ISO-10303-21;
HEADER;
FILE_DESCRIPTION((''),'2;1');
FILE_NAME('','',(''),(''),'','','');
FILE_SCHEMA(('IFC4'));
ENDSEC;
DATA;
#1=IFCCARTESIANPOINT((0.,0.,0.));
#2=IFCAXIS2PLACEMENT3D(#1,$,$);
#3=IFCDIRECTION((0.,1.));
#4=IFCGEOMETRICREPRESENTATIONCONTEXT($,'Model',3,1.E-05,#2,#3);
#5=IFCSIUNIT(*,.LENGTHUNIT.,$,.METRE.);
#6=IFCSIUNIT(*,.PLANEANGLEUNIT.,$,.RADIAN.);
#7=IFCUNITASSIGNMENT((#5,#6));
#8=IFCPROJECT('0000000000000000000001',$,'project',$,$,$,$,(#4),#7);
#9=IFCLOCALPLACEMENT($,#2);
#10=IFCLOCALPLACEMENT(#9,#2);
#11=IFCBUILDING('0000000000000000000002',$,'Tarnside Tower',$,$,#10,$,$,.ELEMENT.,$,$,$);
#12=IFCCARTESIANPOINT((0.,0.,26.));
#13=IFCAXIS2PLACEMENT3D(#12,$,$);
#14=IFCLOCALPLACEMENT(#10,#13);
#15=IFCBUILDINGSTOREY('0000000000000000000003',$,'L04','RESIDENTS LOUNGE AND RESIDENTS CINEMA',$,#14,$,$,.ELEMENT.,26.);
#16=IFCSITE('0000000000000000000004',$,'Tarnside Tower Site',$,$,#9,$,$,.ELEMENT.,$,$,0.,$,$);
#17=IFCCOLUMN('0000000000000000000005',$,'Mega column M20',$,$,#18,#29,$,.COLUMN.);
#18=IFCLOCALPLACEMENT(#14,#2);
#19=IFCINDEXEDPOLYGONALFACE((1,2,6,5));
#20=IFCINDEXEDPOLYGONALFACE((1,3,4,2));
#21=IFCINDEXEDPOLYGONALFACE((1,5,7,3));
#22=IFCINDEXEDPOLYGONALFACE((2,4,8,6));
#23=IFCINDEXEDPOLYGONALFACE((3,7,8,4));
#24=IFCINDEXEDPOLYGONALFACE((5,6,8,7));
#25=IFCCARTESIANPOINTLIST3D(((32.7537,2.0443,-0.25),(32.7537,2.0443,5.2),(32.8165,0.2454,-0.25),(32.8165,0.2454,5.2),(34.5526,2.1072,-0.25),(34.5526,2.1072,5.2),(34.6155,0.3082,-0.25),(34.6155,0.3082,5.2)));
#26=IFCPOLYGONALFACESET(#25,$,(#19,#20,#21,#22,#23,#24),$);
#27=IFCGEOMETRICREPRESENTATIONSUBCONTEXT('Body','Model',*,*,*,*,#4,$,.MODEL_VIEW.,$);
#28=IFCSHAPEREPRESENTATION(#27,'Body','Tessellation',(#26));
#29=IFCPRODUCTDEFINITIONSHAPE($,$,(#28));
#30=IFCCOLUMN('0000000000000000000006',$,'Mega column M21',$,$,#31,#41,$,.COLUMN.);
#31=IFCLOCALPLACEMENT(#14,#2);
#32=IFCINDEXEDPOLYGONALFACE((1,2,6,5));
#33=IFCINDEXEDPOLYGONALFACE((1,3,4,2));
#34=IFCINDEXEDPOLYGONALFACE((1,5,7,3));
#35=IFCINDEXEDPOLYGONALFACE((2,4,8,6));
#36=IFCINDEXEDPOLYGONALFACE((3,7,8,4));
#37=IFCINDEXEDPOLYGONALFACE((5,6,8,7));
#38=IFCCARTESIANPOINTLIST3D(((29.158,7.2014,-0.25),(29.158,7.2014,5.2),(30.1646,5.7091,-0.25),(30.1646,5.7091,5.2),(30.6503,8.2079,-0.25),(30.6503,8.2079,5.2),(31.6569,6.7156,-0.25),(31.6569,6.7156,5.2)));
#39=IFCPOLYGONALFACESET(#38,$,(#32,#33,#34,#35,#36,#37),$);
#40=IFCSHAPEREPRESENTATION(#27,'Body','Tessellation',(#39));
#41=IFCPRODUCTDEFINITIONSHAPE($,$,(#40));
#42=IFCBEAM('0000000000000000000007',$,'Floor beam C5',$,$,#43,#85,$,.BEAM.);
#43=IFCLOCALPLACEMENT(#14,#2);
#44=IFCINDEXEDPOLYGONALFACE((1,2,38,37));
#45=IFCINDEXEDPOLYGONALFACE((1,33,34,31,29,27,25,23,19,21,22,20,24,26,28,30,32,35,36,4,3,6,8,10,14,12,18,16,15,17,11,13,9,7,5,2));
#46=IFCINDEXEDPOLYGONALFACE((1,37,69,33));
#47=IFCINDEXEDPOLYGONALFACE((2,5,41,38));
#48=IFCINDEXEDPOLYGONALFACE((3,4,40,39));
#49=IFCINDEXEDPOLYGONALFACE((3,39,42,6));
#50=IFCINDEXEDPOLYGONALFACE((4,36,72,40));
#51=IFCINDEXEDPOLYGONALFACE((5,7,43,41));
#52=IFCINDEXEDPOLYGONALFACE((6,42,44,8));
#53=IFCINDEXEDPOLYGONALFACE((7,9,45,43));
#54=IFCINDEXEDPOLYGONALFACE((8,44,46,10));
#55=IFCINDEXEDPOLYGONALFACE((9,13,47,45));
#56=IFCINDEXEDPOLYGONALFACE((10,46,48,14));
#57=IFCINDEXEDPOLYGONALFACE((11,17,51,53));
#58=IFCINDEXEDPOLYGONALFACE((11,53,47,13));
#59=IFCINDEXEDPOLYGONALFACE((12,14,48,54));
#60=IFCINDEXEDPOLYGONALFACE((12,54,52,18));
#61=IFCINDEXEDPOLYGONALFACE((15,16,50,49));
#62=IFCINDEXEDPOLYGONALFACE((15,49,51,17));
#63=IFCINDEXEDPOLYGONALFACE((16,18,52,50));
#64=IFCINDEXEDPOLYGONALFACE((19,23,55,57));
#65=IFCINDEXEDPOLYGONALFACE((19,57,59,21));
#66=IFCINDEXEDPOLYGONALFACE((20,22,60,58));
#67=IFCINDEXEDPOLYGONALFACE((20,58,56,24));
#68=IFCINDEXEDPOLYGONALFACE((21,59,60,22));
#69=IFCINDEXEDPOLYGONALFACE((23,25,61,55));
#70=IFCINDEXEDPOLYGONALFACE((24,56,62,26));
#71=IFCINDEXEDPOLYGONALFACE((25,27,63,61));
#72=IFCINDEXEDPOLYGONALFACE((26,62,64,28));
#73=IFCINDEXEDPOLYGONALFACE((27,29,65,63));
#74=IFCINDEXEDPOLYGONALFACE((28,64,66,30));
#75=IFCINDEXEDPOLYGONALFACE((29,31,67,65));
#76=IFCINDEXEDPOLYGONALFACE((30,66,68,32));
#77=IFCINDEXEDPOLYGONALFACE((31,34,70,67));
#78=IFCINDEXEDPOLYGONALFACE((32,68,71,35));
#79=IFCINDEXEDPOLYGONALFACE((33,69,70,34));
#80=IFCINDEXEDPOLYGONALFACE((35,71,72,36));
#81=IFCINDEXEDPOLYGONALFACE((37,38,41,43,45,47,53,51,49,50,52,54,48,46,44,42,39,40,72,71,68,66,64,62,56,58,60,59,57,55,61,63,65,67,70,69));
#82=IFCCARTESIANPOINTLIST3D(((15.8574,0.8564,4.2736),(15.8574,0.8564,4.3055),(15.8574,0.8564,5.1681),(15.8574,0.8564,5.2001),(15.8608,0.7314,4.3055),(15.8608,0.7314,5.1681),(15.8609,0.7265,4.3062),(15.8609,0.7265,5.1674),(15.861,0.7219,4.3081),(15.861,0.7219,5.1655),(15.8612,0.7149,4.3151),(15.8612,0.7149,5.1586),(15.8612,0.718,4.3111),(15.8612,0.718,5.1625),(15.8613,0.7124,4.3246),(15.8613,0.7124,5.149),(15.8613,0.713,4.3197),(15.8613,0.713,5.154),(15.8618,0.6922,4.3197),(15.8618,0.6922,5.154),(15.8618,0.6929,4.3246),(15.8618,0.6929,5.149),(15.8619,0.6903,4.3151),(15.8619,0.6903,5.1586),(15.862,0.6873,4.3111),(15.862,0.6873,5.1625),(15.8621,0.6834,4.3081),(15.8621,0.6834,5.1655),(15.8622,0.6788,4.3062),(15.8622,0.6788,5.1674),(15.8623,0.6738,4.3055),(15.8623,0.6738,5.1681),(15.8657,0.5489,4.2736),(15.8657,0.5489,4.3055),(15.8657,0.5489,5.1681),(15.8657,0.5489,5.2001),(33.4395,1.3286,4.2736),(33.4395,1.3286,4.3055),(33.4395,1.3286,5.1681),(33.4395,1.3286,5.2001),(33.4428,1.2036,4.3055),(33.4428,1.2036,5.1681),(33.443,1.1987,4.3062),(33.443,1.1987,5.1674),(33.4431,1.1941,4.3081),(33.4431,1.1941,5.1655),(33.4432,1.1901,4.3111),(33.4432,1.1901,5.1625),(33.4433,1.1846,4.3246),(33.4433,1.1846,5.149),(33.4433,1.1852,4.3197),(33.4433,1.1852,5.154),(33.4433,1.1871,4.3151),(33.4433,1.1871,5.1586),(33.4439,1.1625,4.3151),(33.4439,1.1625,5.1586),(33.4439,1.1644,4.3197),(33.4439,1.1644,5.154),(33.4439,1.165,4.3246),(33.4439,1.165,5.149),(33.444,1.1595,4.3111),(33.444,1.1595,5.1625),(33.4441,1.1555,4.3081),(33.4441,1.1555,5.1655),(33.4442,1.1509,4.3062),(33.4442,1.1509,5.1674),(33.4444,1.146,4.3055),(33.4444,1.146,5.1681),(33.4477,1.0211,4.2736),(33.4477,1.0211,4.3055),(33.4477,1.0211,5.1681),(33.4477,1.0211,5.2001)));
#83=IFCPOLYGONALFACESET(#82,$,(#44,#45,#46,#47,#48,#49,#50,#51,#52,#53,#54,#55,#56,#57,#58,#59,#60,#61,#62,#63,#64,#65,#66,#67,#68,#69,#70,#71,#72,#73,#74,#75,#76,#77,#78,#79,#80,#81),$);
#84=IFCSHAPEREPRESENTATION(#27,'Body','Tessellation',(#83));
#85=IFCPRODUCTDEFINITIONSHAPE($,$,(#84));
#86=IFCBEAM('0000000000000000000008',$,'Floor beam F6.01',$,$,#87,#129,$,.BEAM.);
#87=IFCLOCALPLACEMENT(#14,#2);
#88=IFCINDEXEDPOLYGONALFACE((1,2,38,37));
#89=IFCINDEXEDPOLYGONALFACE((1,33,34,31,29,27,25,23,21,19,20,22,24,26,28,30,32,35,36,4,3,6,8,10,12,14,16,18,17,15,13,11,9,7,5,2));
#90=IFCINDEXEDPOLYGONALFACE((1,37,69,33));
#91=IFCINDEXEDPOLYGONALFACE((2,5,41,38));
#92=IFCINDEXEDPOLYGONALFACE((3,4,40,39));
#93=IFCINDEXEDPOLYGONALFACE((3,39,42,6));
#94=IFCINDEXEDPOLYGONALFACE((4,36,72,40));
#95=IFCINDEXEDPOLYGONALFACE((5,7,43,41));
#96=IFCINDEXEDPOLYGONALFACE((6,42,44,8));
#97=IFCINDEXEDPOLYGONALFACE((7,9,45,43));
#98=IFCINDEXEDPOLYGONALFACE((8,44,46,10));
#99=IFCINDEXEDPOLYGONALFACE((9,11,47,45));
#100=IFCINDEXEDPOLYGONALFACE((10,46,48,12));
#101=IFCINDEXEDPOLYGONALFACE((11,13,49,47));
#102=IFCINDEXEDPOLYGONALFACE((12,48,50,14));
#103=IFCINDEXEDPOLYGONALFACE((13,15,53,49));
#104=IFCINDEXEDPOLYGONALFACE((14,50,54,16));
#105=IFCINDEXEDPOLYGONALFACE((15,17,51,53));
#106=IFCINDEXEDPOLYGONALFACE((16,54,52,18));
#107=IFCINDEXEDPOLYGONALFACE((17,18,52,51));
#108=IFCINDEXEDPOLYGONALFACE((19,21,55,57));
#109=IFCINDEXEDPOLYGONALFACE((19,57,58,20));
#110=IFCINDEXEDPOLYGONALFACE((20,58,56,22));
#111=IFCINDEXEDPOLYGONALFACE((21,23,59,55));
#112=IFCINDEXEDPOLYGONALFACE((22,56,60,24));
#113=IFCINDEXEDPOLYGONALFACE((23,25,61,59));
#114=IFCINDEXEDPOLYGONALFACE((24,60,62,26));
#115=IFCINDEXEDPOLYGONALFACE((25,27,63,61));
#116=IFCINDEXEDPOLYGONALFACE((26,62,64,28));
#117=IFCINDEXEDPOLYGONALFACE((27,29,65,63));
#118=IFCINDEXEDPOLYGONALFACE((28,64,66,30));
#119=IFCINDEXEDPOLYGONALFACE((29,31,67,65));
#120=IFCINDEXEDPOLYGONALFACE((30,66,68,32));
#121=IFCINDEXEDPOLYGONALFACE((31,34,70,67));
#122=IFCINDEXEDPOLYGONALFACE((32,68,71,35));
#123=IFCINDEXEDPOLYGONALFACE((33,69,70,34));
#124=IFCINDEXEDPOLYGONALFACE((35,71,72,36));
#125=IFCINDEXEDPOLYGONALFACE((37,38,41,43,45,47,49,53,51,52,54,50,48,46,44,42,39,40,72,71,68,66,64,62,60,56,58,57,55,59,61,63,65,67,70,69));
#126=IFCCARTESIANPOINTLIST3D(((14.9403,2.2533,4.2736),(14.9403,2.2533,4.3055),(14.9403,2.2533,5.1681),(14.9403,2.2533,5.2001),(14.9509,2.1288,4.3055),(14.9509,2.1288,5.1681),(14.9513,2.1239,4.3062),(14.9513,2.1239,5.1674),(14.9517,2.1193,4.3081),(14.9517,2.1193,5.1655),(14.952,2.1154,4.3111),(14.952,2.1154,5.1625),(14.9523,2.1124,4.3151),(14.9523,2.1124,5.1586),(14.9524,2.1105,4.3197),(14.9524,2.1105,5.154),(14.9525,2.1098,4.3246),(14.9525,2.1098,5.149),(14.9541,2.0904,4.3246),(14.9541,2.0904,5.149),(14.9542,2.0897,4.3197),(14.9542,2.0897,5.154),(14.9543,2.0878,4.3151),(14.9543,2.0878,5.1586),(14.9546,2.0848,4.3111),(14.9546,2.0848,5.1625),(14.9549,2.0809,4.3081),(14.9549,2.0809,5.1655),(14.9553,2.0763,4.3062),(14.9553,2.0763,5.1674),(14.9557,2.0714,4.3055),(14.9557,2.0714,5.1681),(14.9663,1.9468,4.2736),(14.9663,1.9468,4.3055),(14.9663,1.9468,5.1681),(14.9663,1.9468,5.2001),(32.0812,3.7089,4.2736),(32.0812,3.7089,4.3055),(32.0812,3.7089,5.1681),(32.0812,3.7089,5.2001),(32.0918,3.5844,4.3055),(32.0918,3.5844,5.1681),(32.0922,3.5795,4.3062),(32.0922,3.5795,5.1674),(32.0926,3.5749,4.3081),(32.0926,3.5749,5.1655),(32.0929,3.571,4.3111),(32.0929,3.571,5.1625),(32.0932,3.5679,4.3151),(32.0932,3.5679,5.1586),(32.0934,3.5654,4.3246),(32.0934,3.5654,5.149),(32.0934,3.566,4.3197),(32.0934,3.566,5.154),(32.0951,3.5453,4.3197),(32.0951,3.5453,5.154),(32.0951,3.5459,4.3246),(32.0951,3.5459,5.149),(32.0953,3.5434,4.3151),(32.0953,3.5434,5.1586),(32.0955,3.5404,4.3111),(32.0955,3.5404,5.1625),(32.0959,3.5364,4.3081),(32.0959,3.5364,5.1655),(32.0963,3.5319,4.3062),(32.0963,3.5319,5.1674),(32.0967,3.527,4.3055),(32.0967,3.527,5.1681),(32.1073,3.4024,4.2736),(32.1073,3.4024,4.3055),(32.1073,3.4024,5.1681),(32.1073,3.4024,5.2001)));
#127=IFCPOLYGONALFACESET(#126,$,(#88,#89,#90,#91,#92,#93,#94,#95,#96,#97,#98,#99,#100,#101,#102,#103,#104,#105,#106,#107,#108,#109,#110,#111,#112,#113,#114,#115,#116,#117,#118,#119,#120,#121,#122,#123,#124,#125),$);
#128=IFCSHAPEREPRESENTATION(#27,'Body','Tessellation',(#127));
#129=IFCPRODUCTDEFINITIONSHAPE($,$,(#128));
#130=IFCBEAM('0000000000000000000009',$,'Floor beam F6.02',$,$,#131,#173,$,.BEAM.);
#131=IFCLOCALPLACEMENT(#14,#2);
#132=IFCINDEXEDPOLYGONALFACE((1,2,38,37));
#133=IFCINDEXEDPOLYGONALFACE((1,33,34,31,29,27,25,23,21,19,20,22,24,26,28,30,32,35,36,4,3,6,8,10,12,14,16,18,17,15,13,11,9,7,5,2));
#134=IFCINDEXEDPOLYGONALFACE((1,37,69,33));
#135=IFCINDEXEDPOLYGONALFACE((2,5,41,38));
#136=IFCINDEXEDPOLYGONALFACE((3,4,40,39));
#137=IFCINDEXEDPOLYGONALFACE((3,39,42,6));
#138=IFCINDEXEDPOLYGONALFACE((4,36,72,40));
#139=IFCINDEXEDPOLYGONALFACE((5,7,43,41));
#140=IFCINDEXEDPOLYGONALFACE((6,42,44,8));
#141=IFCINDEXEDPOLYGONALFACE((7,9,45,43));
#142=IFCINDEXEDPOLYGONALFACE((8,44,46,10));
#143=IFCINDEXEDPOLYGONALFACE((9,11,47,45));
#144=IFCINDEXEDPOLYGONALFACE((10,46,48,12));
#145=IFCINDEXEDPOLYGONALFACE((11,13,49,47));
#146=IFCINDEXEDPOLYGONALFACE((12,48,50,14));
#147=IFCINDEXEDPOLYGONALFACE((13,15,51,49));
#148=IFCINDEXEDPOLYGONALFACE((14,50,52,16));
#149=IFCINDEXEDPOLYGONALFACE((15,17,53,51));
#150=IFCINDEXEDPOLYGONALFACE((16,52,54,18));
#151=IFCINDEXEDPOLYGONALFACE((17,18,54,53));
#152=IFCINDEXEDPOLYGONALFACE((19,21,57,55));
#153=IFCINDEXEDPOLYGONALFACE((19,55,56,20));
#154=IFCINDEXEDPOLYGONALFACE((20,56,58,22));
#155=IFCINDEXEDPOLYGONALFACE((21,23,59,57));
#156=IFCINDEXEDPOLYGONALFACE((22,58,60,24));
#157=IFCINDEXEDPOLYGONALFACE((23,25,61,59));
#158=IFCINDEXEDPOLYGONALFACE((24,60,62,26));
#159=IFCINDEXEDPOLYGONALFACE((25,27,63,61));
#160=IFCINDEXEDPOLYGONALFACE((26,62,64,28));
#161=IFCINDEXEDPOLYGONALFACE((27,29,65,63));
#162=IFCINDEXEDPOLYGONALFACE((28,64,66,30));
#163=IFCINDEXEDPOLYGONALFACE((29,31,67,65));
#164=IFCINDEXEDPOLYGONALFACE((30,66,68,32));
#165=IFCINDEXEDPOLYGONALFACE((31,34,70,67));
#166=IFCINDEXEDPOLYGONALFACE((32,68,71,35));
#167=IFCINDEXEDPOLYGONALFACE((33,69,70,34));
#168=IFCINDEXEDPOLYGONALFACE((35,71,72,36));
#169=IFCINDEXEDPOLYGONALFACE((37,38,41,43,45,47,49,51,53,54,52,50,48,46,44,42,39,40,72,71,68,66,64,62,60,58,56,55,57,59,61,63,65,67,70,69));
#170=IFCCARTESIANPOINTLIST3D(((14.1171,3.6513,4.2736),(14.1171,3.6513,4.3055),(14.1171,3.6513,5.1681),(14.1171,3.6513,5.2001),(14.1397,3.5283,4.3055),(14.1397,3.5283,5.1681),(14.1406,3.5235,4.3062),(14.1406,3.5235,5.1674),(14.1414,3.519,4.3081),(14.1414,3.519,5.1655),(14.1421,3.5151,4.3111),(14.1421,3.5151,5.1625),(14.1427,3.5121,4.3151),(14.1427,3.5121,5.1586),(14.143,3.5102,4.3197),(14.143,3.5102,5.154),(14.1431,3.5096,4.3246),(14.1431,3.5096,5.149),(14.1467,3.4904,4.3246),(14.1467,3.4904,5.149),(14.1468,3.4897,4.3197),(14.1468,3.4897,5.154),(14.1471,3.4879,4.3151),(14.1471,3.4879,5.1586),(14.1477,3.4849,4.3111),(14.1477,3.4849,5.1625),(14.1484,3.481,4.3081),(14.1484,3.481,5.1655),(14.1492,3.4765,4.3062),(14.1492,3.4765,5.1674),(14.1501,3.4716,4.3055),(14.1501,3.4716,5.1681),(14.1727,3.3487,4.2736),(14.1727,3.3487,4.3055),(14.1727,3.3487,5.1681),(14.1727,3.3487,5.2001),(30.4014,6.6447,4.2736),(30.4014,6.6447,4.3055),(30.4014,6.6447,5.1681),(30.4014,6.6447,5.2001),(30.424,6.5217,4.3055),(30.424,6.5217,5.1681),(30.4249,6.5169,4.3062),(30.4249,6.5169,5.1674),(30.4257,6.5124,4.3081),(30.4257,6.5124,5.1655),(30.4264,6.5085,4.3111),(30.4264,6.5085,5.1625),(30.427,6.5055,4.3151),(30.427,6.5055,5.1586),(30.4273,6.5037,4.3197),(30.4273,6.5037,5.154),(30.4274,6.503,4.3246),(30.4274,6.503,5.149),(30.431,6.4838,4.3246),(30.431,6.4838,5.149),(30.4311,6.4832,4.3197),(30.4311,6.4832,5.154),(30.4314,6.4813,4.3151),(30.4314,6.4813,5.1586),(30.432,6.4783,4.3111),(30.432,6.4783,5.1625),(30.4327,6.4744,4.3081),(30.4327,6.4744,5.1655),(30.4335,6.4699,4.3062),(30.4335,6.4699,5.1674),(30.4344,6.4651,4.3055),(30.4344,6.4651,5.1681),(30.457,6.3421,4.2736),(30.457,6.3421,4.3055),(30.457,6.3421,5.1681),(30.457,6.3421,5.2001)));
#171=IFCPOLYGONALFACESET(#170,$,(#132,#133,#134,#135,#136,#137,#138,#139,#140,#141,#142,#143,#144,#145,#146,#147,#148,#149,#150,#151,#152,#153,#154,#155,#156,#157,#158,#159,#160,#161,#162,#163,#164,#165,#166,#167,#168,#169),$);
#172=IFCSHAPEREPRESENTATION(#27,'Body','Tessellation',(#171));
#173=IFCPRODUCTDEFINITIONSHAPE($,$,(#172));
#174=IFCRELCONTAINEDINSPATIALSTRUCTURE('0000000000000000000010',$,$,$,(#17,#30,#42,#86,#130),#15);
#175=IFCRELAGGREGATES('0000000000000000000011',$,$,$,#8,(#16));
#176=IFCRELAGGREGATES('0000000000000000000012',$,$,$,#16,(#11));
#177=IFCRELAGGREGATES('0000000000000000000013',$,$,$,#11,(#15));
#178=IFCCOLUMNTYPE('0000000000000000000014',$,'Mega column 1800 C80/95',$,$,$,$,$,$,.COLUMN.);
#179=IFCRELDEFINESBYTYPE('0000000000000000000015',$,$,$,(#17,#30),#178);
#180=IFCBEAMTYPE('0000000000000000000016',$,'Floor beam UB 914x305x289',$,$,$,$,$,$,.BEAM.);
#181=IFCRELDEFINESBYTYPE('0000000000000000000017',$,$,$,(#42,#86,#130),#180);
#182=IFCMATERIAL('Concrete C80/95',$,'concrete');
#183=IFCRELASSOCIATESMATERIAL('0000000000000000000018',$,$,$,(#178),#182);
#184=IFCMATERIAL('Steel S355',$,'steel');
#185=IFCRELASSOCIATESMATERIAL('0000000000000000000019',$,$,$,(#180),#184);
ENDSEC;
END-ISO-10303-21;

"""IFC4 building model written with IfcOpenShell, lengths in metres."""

from ifc_helpers import new_model, si_unit, direction, frame, origin, origin_2d, place, context, subcontext, project, spatial, rectangle, i_section, extrude, material, material_profile, profile_set, type_object, element, save


model = new_model("IFC4")

# Units and contexts
model_context = context("Model", 3, precision=1e-05, world=origin(), true_north=direction((0.0, 1.0)))
body_context = subcontext(model_context, "Body", "Model", "MODEL_VIEW")
ifc_project = project(units=[si_unit("LENGTHUNIT", "METRE"), si_unit("PLANEANGLEUNIT", "RADIAN")], contexts=[model_context])

# Site, building, storey
site_placement = place(None, origin())
site = spatial("IfcSite", under=ifc_project, at=site_placement, Name="Tarnside Tower Site", CompositionType="ELEMENT", RefElevation=0.0)
building_placement = place(site_placement, origin())
building = spatial("IfcBuilding", under=site, at=building_placement, Name="Tarnside Tower", CompositionType="ELEMENT")
storey_placement = place(building_placement, frame((0.0, 0.0, 26.0)))
storey = spatial("IfcBuildingStorey", under=building, at=storey_placement, Name="L04", Description="RESIDENTS LOUNGE AND RESIDENTS CINEMA", CompositionType="ELEMENT", Elevation=26.0)

# Columns
ifc_material_1 = material(Name="Concrete C80/95", Category="concrete")
ifc_material_profile_1 = material_profile(ifc_material_1, rectangle(XDim=1.8, YDim=1.8, at=origin_2d()), Name="Mega column 1800x1800")
ifc_profile_set_1 = profile_set([ifc_material_profile_1], Name="Concrete C80/95")
column_type = type_object("IfcColumnType", Name="Mega column 1800 C80/95", PredefinedType="COLUMN", material=ifc_profile_set_1)
for number, where, z_axis, x_axis, name in (
    (1, (33.6846, 1.1763, -0.25), (0.0, 0.0, 1.0), (0.034899, -0.999391, 0.0), "Mega column M20"),
    (2, (30.4075, 6.9585, -0.25), (0.0, 0.0, 1.0), (0.559193, -0.829038, 0.0), "Mega column M21"),
):
    element("IfcColumn", number, at=place(storey_placement, frame(where, z_axis=z_axis, x_axis=x_axis)), inside=storey, type_object=column_type, Name=name, PredefinedType="COLUMN", context=body_context, shape_type="SweptSolid", body=[
        extrude(rectangle(XDim=1.8, YDim=1.8, at=origin_2d()), origin(), (0.0, 0.0, 1.0), 5.45),
    ])

# Beams
ifc_material_2 = material(Name="Steel S355", Category="steel")
ifc_material_profile_2 = material_profile(ifc_material_2, i_section(OverallWidth=0.3076, OverallDepth=0.9265, WebThickness=0.0195, FlangeThickness=0.032, FilletRadius=0.019, at=origin_2d()), Name="UB 914x305x289")
ifc_profile_set_2 = profile_set([ifc_material_profile_2], Name="Steel S355")
beam_type_1 = type_object("IfcBeamType", Name="Floor beam UB 914x305x289", PredefinedType="BEAM", material=ifc_profile_set_2)
beam_1_placement = place(storey_placement, frame((33.4436, 1.1748, 4.7368), z_axis=(-0.99964, -0.026845, 0.0), x_axis=(0.026845, -0.99964, 0.0)))
element("IfcBeam", 3, at=beam_1_placement, inside=storey, type_object=beam_type_1, Name="Floor beam C5", PredefinedType="BEAM", context=body_context, shape_type="SweptSolid", body=[
    extrude(i_section(OverallWidth=0.3076, OverallDepth=0.9265, WebThickness=0.0195, FlangeThickness=0.032, FilletRadius=0.019, at=origin_2d()), origin(), (0.0, 0.0, 1.0), 17.5884),
])
beam_2_placement = place(storey_placement, frame((32.0942, 3.5557, 4.7368), z_axis=(-0.996414, -0.084613, 0.0), x_axis=(0.084613, -0.996414, 0.0)))
element("IfcBeam", 4, at=beam_2_placement, inside=storey, type_object=beam_type_1, Name="Floor beam F6.01", PredefinedType="BEAM", context=body_context, shape_type="SweptSolid", body=[
    extrude(i_section(OverallWidth=0.3076, OverallDepth=0.9265, WebThickness=0.0195, FlangeThickness=0.032, FilletRadius=0.019, at=origin_2d()), origin(), (0.0, 0.0, 1.0), 17.2026),
])
beam_3_placement = place(storey_placement, frame((30.4292, 6.4934, 4.7368), z_axis=(-0.983521, -0.180794, 0.0), x_axis=(0.180794, -0.983521, 0.0)))
element("IfcBeam", 5, at=beam_3_placement, inside=storey, type_object=beam_type_1, Name="Floor beam F6.02", PredefinedType="BEAM", context=body_context, shape_type="SweptSolid", body=[
    extrude(i_section(OverallWidth=0.3076, OverallDepth=0.9265, WebThickness=0.0195, FlangeThickness=0.032, FilletRadius=0.019, at=origin_2d()), origin(), (0.0, 0.0, 1.0), 16.5571),
])

save(model, "model.ifc")
